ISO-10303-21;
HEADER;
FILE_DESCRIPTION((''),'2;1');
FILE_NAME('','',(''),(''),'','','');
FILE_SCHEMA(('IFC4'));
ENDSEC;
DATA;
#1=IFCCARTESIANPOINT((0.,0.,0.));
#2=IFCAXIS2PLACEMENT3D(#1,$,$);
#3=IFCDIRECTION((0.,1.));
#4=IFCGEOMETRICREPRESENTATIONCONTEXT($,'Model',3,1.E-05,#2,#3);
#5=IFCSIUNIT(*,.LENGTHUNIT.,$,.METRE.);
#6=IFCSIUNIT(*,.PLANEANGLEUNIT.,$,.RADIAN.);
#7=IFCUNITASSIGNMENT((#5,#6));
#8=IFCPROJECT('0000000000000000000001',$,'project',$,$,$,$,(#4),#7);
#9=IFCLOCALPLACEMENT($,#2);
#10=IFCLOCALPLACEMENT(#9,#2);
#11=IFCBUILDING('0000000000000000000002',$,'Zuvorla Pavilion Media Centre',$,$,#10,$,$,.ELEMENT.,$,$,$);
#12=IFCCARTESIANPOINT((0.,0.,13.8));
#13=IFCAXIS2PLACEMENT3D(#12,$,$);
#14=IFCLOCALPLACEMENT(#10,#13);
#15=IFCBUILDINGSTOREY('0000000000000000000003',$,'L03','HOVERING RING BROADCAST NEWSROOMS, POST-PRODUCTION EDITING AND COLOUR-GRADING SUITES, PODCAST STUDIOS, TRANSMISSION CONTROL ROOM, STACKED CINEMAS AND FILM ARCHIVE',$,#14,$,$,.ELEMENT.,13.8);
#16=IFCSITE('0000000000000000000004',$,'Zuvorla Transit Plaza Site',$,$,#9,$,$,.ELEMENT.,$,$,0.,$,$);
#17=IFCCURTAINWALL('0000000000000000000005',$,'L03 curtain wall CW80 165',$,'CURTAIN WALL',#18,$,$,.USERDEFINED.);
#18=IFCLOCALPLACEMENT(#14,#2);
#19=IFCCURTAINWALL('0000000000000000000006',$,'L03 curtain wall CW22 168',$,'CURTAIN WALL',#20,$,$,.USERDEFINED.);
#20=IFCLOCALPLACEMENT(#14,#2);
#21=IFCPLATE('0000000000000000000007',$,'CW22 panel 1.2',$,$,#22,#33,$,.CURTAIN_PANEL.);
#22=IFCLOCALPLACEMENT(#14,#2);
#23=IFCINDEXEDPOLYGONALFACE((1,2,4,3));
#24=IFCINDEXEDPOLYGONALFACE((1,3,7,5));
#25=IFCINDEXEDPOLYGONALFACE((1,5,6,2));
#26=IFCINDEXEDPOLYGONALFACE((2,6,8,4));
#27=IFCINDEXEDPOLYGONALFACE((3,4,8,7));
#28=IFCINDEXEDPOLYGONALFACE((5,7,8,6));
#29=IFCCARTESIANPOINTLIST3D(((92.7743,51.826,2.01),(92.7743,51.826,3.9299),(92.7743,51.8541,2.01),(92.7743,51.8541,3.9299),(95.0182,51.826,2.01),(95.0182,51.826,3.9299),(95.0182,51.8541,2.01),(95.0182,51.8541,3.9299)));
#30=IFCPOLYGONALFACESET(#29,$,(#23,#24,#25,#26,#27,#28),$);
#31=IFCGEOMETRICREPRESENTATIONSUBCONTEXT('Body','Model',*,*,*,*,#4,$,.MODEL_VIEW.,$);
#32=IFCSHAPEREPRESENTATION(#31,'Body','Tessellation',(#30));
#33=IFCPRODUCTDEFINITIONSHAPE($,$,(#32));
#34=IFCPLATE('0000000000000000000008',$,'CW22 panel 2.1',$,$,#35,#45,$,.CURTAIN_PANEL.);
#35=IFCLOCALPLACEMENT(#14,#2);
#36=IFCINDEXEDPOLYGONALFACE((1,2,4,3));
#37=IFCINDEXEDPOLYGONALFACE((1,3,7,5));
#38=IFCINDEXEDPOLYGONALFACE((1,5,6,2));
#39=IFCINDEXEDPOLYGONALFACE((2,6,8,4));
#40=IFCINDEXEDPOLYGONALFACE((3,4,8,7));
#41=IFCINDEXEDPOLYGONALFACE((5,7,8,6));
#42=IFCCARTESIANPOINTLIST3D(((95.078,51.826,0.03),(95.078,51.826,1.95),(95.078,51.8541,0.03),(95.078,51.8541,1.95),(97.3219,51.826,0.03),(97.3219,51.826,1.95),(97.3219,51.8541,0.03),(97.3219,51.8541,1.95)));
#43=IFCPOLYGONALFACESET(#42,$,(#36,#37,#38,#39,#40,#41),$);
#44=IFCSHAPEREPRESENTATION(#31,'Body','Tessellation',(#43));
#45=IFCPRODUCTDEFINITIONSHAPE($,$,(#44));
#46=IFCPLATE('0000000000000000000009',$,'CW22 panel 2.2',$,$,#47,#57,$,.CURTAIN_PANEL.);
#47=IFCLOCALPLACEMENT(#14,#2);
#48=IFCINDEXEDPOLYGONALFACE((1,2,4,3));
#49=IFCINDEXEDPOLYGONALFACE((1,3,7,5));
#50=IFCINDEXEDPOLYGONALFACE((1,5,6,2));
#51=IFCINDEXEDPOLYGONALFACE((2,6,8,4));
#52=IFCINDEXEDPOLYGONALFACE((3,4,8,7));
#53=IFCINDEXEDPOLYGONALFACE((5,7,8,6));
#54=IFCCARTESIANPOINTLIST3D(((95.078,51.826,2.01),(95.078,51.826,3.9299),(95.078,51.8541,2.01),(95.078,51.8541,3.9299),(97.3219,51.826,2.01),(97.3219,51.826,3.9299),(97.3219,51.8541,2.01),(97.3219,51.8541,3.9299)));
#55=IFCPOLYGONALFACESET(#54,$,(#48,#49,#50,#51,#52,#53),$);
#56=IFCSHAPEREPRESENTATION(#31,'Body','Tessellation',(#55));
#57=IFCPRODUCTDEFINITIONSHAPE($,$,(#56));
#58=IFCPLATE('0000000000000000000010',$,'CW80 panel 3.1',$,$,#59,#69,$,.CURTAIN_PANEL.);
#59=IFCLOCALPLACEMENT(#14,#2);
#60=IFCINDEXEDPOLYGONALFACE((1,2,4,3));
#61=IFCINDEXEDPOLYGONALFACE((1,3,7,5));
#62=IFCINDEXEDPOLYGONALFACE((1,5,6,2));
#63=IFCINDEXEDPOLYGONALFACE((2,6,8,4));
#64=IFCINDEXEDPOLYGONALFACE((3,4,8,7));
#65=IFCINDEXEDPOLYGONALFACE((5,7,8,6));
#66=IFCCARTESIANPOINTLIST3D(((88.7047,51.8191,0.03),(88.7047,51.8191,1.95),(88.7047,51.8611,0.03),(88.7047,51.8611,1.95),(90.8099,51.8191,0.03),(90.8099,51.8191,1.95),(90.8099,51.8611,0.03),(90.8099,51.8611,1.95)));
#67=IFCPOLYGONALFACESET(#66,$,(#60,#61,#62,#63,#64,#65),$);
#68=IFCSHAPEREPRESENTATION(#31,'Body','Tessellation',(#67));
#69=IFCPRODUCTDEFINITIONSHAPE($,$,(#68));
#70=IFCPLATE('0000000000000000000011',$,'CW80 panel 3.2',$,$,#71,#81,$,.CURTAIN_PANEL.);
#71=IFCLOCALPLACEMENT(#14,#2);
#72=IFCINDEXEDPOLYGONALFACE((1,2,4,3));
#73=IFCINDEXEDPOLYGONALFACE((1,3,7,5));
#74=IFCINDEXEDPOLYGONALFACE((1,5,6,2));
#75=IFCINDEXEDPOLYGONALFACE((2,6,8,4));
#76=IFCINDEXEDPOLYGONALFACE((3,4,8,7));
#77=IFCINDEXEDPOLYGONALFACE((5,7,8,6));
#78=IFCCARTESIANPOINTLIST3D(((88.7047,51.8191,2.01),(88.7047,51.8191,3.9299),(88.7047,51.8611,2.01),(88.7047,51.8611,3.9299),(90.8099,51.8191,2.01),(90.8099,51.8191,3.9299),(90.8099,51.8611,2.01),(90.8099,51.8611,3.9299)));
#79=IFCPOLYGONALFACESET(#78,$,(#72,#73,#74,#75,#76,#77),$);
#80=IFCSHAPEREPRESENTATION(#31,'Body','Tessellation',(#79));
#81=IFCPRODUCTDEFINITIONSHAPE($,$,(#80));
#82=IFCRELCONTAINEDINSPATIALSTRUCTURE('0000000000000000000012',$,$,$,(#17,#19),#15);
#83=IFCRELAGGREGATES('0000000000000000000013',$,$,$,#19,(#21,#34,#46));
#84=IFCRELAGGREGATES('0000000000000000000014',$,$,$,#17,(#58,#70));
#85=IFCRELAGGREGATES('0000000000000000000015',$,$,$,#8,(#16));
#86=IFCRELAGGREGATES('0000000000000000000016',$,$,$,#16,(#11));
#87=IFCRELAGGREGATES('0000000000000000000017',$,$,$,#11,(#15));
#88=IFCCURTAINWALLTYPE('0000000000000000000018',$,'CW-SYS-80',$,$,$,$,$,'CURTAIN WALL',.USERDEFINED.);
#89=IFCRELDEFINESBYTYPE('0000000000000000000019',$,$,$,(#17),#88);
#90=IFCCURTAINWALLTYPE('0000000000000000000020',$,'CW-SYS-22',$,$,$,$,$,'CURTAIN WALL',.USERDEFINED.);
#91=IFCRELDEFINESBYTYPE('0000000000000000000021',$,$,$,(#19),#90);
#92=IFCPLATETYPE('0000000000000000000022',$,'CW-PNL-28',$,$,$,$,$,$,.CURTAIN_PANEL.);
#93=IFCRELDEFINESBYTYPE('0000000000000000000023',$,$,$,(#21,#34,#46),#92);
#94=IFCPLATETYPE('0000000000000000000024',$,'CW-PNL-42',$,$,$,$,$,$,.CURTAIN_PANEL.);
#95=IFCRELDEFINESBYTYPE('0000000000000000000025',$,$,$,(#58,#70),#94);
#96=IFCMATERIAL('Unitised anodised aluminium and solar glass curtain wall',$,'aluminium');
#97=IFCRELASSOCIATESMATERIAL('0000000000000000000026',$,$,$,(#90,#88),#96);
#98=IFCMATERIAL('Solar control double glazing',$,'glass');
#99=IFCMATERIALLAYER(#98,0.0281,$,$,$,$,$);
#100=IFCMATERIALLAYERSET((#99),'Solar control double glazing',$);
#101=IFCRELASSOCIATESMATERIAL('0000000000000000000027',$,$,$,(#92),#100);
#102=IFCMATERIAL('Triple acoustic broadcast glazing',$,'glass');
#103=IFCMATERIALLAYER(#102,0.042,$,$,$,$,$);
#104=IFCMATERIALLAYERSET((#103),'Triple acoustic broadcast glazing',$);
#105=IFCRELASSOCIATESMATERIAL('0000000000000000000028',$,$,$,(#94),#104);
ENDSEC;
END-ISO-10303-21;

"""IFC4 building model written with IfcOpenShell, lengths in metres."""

from ifc_helpers import new_model, si_unit, direction, frame, origin, origin_2d, place, context, subcontext, project, spatial, rectangle, extrude, material, layer, layer_set, type_object, element, aggregate, save


model = new_model("IFC4")

# Units and contexts
model_context = context("Model", 3, precision=1e-05, world=origin(), true_north=direction((0.0, 1.0)))
body_context = subcontext(model_context, "Body", "Model", "MODEL_VIEW")
ifc_project = project(units=[si_unit("LENGTHUNIT", "METRE"), si_unit("PLANEANGLEUNIT", "RADIAN")], contexts=[model_context])

# Site, building, storey
site_placement = place(None, origin())
site = spatial("IfcSite", under=ifc_project, at=site_placement, Name="Zuvorla Transit Plaza Site", CompositionType="ELEMENT", RefElevation=0.0)
building_placement = place(site_placement, origin())
building = spatial("IfcBuilding", under=site, at=building_placement, Name="Zuvorla Pavilion Media Centre", CompositionType="ELEMENT")
storey_placement = place(building_placement, frame((0.0, 0.0, 13.8)))
storey = spatial("IfcBuildingStorey", under=building, at=storey_placement, Name="L03", Description="HOVERING RING BROADCAST NEWSROOMS, POST-PRODUCTION EDITING AND COLOUR-GRADING SUITES, PODCAST STUDIOS, TRANSMISSION CONTROL ROOM, STACKED CINEMAS AND FILM ARCHIVE", CompositionType="ELEMENT", Elevation=13.8)

# Curtain walls
ifc_material_1 = material(Name="Unitised anodised aluminium and solar glass curtain wall", Category="aluminium")
curtain_wall_type_1 = type_object("IfcCurtainWallType", Name="CW-SYS-22", ElementType="CURTAIN WALL", PredefinedType="USERDEFINED", material=ifc_material_1)
curtain_wall_type_2 = type_object("IfcCurtainWallType", Name="CW-SYS-80", ElementType="CURTAIN WALL", PredefinedType="USERDEFINED", material=ifc_material_1)
curtain_wall_1_placement = place(storey_placement, origin())
curtain_wall_1 = element("IfcCurtainWall", 1, at=curtain_wall_1_placement, inside=storey, type_object=curtain_wall_type_2, Name="L03 curtain wall CW80 165", ObjectType="CURTAIN WALL", PredefinedType="USERDEFINED")
curtain_wall_2_placement = place(storey_placement, origin())
curtain_wall_2 = element("IfcCurtainWall", 2, at=curtain_wall_2_placement, inside=storey, type_object=curtain_wall_type_1, Name="L03 curtain wall CW22 168", ObjectType="CURTAIN WALL", PredefinedType="USERDEFINED")

# Plates
ifc_material_2 = material(Name="Solar control double glazing", Category="glass")
ifc_layer_1 = layer(ifc_material_2, 0.0281)
ifc_layer_set_1 = layer_set([ifc_layer_1], Name="Solar control double glazing")
plate_type_1 = type_object("IfcPlateType", Name="CW-PNL-28", PredefinedType="CURTAIN_PANEL", material=ifc_layer_set_1)
plate_1_placement = place(storey_placement, frame((93.8962, 51.8401, 2.01), z_axis=(0.0, 0.0, 1.0), x_axis=(1.0, 0.0, 0.0)))
plate_1 = element("IfcPlate", 3, at=plate_1_placement, type_object=plate_type_1, Name="CW22 panel 1.2", PredefinedType="CURTAIN_PANEL", context=body_context, shape_type="SweptSolid", body=[
    extrude(rectangle(XDim=2.2439, YDim=0.0281, at=origin_2d()), origin(), (0.0, 0.0, 1.0), 1.9199),
])
plate_2_placement = place(storey_placement, frame((96.2, 51.8401, 0.03), z_axis=(0.0, 0.0, 1.0), x_axis=(1.0, 0.0, 0.0)))
plate_2 = element("IfcPlate", 4, at=plate_2_placement, type_object=plate_type_1, Name="CW22 panel 2.1", PredefinedType="CURTAIN_PANEL", context=body_context, shape_type="SweptSolid", body=[
    extrude(rectangle(XDim=2.2439, YDim=0.0281, at=origin_2d()), origin(), (0.0, 0.0, 1.0), 1.9199),
])
plate_3_placement = place(storey_placement, frame((96.2, 51.8401, 2.01), z_axis=(0.0, 0.0, 1.0), x_axis=(1.0, 0.0, 0.0)))
plate_3 = element("IfcPlate", 5, at=plate_3_placement, type_object=plate_type_1, Name="CW22 panel 2.2", PredefinedType="CURTAIN_PANEL", context=body_context, shape_type="SweptSolid", body=[
    extrude(rectangle(XDim=2.2439, YDim=0.0281, at=origin_2d()), origin(), (0.0, 0.0, 1.0), 1.9199),
])
aggregate(curtain_wall_2, [plate_1, plate_2, plate_3])
ifc_material_3 = material(Name="Triple acoustic broadcast glazing", Category="glass")
ifc_layer_2 = layer(ifc_material_3, 0.042)
ifc_layer_set_2 = layer_set([ifc_layer_2], Name="Triple acoustic broadcast glazing")
plate_type_2 = type_object("IfcPlateType", Name="CW-PNL-42", PredefinedType="CURTAIN_PANEL", material=ifc_layer_set_2)
plate_4_placement = place(storey_placement, frame((89.7573, 51.8401, 0.03), z_axis=(0.0, 0.0, 1.0), x_axis=(1.0, 0.0, 0.0)))
plate_4 = element("IfcPlate", 6, at=plate_4_placement, type_object=plate_type_2, Name="CW80 panel 3.1", PredefinedType="CURTAIN_PANEL", context=body_context, shape_type="SweptSolid", body=[
    extrude(rectangle(XDim=2.1052, YDim=0.042, at=origin_2d()), origin(), (0.0, 0.0, 1.0), 1.9199),
])
plate_5_placement = place(storey_placement, frame((89.7573, 51.8401, 2.01), z_axis=(0.0, 0.0, 1.0), x_axis=(1.0, 0.0, 0.0)))
plate_5 = element("IfcPlate", 7, at=plate_5_placement, type_object=plate_type_2, Name="CW80 panel 3.2", PredefinedType="CURTAIN_PANEL", context=body_context, shape_type="SweptSolid", body=[
    extrude(rectangle(XDim=2.1052, YDim=0.042, at=origin_2d()), origin(), (0.0, 0.0, 1.0), 1.9199),
])
aggregate(curtain_wall_1, [plate_4, plate_5])

save(model, "model.ifc")
